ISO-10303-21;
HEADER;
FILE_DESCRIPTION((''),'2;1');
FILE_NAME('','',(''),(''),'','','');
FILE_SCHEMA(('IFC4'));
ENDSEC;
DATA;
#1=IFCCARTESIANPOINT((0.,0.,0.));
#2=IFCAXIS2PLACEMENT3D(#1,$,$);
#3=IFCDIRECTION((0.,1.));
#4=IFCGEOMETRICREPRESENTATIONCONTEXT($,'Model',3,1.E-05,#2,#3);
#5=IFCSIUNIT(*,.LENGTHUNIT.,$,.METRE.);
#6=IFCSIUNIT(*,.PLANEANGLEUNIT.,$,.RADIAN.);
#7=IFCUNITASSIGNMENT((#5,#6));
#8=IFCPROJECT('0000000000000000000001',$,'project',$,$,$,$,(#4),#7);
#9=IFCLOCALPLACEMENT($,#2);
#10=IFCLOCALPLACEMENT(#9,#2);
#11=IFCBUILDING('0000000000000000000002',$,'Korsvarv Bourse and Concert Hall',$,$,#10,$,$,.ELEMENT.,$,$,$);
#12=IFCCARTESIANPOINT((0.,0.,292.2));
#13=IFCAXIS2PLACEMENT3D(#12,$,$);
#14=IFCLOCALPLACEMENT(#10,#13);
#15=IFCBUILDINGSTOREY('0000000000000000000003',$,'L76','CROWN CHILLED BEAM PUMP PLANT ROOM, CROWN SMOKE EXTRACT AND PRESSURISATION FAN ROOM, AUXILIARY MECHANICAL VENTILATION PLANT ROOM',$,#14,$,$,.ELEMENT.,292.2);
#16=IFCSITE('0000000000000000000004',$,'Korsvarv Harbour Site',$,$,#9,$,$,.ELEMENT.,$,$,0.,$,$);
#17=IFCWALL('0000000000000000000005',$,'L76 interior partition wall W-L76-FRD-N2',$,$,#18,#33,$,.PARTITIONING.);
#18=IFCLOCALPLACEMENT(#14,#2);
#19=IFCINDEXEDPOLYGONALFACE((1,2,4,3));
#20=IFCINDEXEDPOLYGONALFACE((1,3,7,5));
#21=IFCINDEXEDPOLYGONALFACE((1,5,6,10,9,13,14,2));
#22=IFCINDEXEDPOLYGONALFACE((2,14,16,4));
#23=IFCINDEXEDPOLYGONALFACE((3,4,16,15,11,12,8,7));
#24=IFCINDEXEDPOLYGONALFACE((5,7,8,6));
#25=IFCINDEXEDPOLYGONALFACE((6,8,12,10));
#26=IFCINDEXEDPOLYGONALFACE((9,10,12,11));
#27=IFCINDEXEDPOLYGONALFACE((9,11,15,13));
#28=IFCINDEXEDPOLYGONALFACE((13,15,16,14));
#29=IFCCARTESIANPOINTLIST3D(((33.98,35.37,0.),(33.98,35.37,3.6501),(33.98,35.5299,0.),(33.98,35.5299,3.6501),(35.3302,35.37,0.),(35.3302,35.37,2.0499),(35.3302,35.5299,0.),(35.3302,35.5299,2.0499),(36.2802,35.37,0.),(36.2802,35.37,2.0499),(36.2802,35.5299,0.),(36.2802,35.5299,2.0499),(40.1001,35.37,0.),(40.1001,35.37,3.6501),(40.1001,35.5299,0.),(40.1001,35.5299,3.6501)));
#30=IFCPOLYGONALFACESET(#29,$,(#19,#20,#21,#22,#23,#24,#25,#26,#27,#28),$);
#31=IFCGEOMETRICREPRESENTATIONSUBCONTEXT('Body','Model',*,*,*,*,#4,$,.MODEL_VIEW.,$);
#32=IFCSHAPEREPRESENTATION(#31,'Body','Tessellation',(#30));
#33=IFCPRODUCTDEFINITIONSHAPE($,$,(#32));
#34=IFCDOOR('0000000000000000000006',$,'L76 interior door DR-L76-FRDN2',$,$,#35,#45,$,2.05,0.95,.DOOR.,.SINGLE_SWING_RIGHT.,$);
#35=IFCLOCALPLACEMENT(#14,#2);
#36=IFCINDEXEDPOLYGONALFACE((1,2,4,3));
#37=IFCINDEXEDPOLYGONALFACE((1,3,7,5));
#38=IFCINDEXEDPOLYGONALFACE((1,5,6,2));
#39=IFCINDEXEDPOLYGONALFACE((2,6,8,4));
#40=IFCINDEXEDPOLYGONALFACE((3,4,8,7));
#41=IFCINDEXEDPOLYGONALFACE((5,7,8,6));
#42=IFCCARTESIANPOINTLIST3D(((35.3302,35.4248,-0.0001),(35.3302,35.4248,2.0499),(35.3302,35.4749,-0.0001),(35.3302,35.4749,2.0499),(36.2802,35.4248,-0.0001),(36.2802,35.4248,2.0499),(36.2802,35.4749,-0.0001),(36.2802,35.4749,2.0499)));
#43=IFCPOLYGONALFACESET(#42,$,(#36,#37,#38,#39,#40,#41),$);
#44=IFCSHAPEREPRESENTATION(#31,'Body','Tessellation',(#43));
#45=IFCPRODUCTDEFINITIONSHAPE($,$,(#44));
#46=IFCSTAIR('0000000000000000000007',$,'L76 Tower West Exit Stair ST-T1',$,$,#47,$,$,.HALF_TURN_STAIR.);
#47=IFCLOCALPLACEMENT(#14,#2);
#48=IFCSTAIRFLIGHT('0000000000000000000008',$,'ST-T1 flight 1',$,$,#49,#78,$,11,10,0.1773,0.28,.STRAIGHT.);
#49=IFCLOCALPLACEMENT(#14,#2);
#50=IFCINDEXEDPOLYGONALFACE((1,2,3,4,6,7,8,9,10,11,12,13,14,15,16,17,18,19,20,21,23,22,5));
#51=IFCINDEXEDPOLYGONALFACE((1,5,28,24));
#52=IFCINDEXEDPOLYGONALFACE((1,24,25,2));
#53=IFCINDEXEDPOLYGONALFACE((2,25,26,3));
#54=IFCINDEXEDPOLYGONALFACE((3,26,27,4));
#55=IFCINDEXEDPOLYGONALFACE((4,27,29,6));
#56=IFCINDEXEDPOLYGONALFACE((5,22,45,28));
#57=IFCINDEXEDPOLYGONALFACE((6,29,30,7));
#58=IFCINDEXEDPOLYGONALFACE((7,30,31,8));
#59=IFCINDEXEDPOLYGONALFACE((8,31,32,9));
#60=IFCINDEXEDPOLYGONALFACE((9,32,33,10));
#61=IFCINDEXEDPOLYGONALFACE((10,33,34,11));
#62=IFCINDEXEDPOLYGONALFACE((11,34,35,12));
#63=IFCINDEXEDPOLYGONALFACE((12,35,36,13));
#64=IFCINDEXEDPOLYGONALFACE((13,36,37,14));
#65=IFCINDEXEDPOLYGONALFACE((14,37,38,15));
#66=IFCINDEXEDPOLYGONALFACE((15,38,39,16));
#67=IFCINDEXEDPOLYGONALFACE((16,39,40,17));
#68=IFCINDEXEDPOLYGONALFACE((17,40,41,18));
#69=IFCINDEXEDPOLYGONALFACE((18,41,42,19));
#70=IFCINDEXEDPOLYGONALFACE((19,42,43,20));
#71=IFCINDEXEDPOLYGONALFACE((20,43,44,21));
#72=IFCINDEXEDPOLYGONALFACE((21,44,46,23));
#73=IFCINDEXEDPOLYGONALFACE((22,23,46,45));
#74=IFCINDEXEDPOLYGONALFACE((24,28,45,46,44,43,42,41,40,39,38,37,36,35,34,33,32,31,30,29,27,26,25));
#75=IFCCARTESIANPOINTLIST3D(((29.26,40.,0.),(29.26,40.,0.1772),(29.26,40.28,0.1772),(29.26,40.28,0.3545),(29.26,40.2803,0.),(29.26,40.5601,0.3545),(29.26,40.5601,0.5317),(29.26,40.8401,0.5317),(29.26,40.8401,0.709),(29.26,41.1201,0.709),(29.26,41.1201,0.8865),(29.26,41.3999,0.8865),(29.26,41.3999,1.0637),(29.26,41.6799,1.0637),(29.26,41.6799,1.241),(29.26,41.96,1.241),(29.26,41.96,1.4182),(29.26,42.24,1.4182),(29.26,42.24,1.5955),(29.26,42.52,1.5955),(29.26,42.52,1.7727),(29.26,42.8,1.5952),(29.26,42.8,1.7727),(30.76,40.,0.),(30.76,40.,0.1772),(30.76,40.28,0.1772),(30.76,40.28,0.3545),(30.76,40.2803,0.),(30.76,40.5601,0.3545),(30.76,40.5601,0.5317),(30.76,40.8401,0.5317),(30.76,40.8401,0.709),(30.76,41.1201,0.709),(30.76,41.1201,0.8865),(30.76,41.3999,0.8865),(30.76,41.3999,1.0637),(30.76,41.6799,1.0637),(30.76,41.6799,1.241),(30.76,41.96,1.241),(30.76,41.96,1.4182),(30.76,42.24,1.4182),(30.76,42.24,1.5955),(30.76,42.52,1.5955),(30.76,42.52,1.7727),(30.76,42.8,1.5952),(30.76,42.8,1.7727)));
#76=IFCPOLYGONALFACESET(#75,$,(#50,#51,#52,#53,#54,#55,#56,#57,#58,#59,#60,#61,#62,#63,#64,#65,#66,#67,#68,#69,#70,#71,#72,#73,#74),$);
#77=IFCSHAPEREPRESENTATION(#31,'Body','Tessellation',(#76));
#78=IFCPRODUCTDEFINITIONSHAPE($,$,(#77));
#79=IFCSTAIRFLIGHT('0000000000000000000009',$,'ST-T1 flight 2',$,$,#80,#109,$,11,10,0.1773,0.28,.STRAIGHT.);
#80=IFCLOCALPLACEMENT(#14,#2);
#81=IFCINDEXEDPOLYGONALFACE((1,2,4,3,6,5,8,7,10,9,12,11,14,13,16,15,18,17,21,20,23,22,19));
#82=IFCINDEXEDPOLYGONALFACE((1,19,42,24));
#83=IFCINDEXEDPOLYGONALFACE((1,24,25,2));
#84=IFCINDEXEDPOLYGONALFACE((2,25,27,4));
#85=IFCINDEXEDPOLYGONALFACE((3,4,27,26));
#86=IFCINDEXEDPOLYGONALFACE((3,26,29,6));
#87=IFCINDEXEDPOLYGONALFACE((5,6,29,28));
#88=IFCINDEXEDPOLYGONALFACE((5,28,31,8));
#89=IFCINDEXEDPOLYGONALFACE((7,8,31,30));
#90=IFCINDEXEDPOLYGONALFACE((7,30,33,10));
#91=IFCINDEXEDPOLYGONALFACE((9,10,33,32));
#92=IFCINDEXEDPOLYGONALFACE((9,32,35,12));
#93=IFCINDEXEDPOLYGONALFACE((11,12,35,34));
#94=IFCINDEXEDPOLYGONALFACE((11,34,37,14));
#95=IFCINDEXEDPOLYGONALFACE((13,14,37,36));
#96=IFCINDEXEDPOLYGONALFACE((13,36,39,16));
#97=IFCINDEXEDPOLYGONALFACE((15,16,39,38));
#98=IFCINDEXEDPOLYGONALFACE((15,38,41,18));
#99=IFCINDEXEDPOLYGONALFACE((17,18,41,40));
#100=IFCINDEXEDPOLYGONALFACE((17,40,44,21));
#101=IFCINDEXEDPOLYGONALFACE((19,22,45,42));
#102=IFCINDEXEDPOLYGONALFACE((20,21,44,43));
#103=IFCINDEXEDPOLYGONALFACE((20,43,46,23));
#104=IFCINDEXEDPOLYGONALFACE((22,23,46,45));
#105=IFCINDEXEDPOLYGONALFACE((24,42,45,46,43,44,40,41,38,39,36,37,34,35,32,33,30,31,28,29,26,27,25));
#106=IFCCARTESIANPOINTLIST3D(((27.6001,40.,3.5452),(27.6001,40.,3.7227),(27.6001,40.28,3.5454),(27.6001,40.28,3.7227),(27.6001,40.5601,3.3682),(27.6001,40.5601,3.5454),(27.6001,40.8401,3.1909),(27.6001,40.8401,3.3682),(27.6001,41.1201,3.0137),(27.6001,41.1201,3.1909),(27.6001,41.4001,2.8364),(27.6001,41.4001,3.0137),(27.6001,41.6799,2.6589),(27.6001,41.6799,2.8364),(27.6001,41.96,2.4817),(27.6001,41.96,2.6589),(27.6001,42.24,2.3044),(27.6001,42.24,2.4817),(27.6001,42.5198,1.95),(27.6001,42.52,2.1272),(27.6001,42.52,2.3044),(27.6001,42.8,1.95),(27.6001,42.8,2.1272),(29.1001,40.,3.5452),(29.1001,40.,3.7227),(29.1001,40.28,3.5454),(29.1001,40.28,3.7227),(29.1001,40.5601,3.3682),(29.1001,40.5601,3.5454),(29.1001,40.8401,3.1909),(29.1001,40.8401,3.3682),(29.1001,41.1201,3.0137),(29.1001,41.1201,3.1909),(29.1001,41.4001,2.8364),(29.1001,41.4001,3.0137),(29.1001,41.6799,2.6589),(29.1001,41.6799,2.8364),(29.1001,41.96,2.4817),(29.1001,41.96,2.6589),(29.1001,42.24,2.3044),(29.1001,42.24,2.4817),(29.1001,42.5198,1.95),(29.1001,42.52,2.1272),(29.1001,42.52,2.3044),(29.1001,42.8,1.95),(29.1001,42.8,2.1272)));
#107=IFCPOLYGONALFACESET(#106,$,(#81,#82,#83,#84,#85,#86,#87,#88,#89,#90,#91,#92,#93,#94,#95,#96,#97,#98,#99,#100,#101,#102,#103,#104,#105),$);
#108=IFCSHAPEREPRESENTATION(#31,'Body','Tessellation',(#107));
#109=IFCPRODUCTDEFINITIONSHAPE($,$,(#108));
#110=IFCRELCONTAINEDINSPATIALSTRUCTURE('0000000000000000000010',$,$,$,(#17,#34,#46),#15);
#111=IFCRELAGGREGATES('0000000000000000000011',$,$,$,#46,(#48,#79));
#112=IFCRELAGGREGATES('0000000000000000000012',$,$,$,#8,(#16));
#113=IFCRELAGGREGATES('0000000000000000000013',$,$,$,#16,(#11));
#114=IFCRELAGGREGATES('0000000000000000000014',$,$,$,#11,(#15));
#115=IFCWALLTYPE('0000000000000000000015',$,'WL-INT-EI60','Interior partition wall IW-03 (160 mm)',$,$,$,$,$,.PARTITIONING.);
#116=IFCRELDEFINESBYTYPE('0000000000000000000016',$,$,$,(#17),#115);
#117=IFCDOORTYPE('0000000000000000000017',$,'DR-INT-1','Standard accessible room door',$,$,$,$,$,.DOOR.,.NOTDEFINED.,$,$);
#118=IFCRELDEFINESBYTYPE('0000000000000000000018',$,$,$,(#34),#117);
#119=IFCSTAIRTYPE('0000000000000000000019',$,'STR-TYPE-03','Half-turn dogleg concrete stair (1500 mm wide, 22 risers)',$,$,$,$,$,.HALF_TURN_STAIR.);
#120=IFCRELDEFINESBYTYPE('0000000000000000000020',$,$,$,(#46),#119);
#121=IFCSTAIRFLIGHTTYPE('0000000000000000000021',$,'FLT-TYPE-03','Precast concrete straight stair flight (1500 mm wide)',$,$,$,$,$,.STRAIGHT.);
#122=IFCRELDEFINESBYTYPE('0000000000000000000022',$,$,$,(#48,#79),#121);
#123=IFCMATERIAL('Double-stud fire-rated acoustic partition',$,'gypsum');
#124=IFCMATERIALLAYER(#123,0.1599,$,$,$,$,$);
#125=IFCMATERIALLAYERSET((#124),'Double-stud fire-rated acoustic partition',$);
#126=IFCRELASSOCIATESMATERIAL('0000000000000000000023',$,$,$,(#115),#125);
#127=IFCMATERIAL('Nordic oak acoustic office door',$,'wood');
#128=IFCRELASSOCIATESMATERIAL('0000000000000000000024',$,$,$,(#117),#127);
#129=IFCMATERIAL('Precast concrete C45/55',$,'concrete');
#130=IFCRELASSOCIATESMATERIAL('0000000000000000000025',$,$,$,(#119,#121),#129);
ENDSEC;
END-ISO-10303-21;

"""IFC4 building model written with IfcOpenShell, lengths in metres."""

from ifc_helpers import new_model, si_unit, direction, frame, frame_2d, origin, place, context, subcontext, project, spatial, polyline, rectangle, outline, extrude, material, layer, layer_set, type_object, element, fill, aggregate, save


model = new_model("IFC4")

# Units and contexts
model_context = context("Model", 3, precision=1e-05, world=origin(), true_north=direction((0.0, 1.0)))
body_context = subcontext(model_context, "Body", "Model", "MODEL_VIEW")
ifc_project = project(units=[si_unit("LENGTHUNIT", "METRE"), si_unit("PLANEANGLEUNIT", "RADIAN")], contexts=[model_context])

# Site, building, storey
site_placement = place(None, origin())
site = spatial("IfcSite", under=ifc_project, at=site_placement, Name="Korsvarv Harbour Site", CompositionType="ELEMENT", RefElevation=0.0)
building_placement = place(site_placement, origin())
building = spatial("IfcBuilding", under=site, at=building_placement, Name="Korsvarv Bourse and Concert Hall", CompositionType="ELEMENT")
storey_placement = place(building_placement, frame((0.0, 0.0, 292.2)))
storey = spatial("IfcBuildingStorey", under=building, at=storey_placement, Name="L76", Description="CROWN CHILLED BEAM PUMP PLANT ROOM, CROWN SMOKE EXTRACT AND PRESSURISATION FAN ROOM, AUXILIARY MECHANICAL VENTILATION PLANT ROOM", CompositionType="ELEMENT", Elevation=292.2)

# Shared definitions
ifc_material_1 = material(Name="Double-stud fire-rated acoustic partition", Category="gypsum")
ifc_layer_1 = layer(ifc_material_1, 0.1599)
ifc_layer_set_1 = layer_set([ifc_layer_1], Name="Double-stud fire-rated acoustic partition")
wall_type_1 = type_object("IfcWallType", Name="WL-INT-EI60", Description="Interior partition wall IW-03 (160 mm)", PredefinedType="PARTITIONING", material=ifc_layer_set_1)

# Wall, opening, door
ifc_material_2 = material(Name="Nordic oak acoustic office door", Category="wood")
door_type_1 = type_object("IfcDoorType", Name="DR-INT-1", Description="Standard accessible room door", OperationType="NOTDEFINED", PredefinedType="DOOR", material=ifc_material_2)
wall_1_placement = place(storey_placement, frame((33.98, 35.45, 0.0), z_axis=(0.0, 0.0, 1.0), x_axis=(1.0, 0.0, 0.0)))
wall_1 = element("IfcWall", 1, at=wall_1_placement, inside=storey, type_object=wall_type_1, Name="L76 interior partition wall W-L76-FRD-N2", PredefinedType="PARTITIONING", context=body_context, shape_type="SweptSolid", body=[
    extrude(rectangle(XDim=6.1201, YDim=0.1599, at=frame_2d((3.0601, 0.0))), origin(), (0.0, 0.0, 1.0), 3.6501),
])
opening_1_placement = place(wall_1_placement, frame((1.3501, 0.0, 0.0)))
opening_1 = element("IfcOpeningElement", 2, at=opening_1_placement, cuts=wall_1, PredefinedType="OPENING", context=body_context, shape_type="SweptSolid", body=[
    extrude(rectangle(XDim=0.95, YDim=2.05, at=frame_2d((0.4751, 1.0249))), frame((0.0, 0.0898, 0.0), z_axis=(0.0, -1.0, 0.0), x_axis=(1.0, 0.0, 0.0)), (0.0, 0.0, 1.0), 0.1799),
])
door_1_placement = place(opening_1_placement, origin())
door_1 = element("IfcDoor", 3, at=door_1_placement, inside=storey, type_object=door_type_1, Name="L76 interior door DR-L76-FRDN2", OperationType="SINGLE_SWING_RIGHT", OverallHeight=2.05, OverallWidth=0.95, PredefinedType="DOOR", context=body_context, shape_type="SweptSolid", body=[
    extrude(rectangle(XDim=0.95, YDim=2.05, at=frame_2d((0.4751, 1.0249))), frame((0.0, 0.0249, 0.0), z_axis=(0.0, -1.0, 0.0), x_axis=(1.0, 0.0, 0.0)), (0.0, 0.0, 1.0), 0.05),
])
fill(opening_1, door_1)

# Stair, stair flights
ifc_material_3 = material(Name="Precast concrete C45/55", Category="concrete")
stair_type = type_object("IfcStairType", Name="STR-TYPE-03", Description="Half-turn dogleg concrete stair (1500 mm wide, 22 risers)", PredefinedType="HALF_TURN_STAIR", material=ifc_material_3)
stair_placement = place(storey_placement, origin())
stair = element("IfcStair", 4, at=stair_placement, inside=storey, type_object=stair_type, Name="L76 Tower West Exit Stair ST-T1", PredefinedType="HALF_TURN_STAIR")
stair_flight_type = type_object("IfcStairFlightType", Name="FLT-TYPE-03", Description="Precast concrete straight stair flight (1500 mm wide)", PredefinedType="STRAIGHT", material=ifc_material_3)
stair_flight_1_placement = place(storey_placement, frame((30.01, 40.0, 0.0), z_axis=(0.0, 0.0, 1.0), x_axis=(0.0, 1.0, 0.0)))
stair_flight_1 = element("IfcStairFlight", 5, at=stair_flight_1_placement, type_object=stair_flight_type, Name="ST-T1 flight 1", NumberOfRisers=11, NumberOfTreads=10, PredefinedType="STRAIGHT", RiserHeight=0.1773, TreadLength=0.28, context=body_context, shape_type="SweptSolid", body=[
    extrude(outline(polyline([(0.0, 0.0), (0.0, 0.1772), (0.28, 0.1772), (0.28, 0.3545), (0.5601, 0.3545), (0.5601, 0.5317), (0.8401, 0.5317), (0.8401, 0.709), (1.1201, 0.709), (1.1201, 0.8865), (1.3999, 0.8865), (1.3999, 1.0637), (1.6799, 1.0637), (1.6799, 1.241), (1.96, 1.241), (1.96, 1.4182), (2.24, 1.4182), (2.24, 1.5955), (2.52, 1.5955), (2.52, 1.7727), (2.8, 1.7727), (2.8, 1.95), (2.8, 1.5952), (0.2803, 0.0), (0.0, 0.0)])), frame((0.0, 0.75, 0.0), z_axis=(0.0, -1.0, 0.0), x_axis=(1.0, 0.0, 0.0)), (0.0, 0.0, 1.0), 1.5),
])
stair_flight_2_placement = place(storey_placement, frame((28.3501, 42.8, 1.95), z_axis=(0.0, 0.0, 1.0), x_axis=(0.0, -1.0, 0.0)))
stair_flight_2 = element("IfcStairFlight", 6, at=stair_flight_2_placement, type_object=stair_flight_type, Name="ST-T1 flight 2", NumberOfRisers=11, NumberOfTreads=10, PredefinedType="STRAIGHT", RiserHeight=0.1773, TreadLength=0.28, context=body_context, shape_type="SweptSolid", body=[
    extrude(outline(polyline([(0.0, 0.0), (0.0, 0.1772), (0.28, 0.1772), (0.28, 0.3545), (0.5601, 0.3545), (0.5601, 0.5317), (0.8401, 0.5317), (0.8401, 0.709), (1.1201, 0.709), (1.1201, 0.8865), (1.3999, 0.8865), (1.3999, 1.0637), (1.6799, 1.0637), (1.6799, 1.241), (1.96, 1.241), (1.96, 1.4182), (2.24, 1.4182), (2.24, 1.5955), (2.52, 1.5955), (2.52, 1.7727), (2.8, 1.7727), (2.8, 1.95), (2.8, 1.5952), (0.2803, 0.0), (0.0, 0.0)])), frame((0.0, 0.75, 0.0), z_axis=(0.0, -1.0, 0.0), x_axis=(1.0, 0.0, 0.0)), (0.0, 0.0, 1.0), 1.5),
])
aggregate(stair, [stair_flight_1, stair_flight_2])

save(model, "model.ifc")
